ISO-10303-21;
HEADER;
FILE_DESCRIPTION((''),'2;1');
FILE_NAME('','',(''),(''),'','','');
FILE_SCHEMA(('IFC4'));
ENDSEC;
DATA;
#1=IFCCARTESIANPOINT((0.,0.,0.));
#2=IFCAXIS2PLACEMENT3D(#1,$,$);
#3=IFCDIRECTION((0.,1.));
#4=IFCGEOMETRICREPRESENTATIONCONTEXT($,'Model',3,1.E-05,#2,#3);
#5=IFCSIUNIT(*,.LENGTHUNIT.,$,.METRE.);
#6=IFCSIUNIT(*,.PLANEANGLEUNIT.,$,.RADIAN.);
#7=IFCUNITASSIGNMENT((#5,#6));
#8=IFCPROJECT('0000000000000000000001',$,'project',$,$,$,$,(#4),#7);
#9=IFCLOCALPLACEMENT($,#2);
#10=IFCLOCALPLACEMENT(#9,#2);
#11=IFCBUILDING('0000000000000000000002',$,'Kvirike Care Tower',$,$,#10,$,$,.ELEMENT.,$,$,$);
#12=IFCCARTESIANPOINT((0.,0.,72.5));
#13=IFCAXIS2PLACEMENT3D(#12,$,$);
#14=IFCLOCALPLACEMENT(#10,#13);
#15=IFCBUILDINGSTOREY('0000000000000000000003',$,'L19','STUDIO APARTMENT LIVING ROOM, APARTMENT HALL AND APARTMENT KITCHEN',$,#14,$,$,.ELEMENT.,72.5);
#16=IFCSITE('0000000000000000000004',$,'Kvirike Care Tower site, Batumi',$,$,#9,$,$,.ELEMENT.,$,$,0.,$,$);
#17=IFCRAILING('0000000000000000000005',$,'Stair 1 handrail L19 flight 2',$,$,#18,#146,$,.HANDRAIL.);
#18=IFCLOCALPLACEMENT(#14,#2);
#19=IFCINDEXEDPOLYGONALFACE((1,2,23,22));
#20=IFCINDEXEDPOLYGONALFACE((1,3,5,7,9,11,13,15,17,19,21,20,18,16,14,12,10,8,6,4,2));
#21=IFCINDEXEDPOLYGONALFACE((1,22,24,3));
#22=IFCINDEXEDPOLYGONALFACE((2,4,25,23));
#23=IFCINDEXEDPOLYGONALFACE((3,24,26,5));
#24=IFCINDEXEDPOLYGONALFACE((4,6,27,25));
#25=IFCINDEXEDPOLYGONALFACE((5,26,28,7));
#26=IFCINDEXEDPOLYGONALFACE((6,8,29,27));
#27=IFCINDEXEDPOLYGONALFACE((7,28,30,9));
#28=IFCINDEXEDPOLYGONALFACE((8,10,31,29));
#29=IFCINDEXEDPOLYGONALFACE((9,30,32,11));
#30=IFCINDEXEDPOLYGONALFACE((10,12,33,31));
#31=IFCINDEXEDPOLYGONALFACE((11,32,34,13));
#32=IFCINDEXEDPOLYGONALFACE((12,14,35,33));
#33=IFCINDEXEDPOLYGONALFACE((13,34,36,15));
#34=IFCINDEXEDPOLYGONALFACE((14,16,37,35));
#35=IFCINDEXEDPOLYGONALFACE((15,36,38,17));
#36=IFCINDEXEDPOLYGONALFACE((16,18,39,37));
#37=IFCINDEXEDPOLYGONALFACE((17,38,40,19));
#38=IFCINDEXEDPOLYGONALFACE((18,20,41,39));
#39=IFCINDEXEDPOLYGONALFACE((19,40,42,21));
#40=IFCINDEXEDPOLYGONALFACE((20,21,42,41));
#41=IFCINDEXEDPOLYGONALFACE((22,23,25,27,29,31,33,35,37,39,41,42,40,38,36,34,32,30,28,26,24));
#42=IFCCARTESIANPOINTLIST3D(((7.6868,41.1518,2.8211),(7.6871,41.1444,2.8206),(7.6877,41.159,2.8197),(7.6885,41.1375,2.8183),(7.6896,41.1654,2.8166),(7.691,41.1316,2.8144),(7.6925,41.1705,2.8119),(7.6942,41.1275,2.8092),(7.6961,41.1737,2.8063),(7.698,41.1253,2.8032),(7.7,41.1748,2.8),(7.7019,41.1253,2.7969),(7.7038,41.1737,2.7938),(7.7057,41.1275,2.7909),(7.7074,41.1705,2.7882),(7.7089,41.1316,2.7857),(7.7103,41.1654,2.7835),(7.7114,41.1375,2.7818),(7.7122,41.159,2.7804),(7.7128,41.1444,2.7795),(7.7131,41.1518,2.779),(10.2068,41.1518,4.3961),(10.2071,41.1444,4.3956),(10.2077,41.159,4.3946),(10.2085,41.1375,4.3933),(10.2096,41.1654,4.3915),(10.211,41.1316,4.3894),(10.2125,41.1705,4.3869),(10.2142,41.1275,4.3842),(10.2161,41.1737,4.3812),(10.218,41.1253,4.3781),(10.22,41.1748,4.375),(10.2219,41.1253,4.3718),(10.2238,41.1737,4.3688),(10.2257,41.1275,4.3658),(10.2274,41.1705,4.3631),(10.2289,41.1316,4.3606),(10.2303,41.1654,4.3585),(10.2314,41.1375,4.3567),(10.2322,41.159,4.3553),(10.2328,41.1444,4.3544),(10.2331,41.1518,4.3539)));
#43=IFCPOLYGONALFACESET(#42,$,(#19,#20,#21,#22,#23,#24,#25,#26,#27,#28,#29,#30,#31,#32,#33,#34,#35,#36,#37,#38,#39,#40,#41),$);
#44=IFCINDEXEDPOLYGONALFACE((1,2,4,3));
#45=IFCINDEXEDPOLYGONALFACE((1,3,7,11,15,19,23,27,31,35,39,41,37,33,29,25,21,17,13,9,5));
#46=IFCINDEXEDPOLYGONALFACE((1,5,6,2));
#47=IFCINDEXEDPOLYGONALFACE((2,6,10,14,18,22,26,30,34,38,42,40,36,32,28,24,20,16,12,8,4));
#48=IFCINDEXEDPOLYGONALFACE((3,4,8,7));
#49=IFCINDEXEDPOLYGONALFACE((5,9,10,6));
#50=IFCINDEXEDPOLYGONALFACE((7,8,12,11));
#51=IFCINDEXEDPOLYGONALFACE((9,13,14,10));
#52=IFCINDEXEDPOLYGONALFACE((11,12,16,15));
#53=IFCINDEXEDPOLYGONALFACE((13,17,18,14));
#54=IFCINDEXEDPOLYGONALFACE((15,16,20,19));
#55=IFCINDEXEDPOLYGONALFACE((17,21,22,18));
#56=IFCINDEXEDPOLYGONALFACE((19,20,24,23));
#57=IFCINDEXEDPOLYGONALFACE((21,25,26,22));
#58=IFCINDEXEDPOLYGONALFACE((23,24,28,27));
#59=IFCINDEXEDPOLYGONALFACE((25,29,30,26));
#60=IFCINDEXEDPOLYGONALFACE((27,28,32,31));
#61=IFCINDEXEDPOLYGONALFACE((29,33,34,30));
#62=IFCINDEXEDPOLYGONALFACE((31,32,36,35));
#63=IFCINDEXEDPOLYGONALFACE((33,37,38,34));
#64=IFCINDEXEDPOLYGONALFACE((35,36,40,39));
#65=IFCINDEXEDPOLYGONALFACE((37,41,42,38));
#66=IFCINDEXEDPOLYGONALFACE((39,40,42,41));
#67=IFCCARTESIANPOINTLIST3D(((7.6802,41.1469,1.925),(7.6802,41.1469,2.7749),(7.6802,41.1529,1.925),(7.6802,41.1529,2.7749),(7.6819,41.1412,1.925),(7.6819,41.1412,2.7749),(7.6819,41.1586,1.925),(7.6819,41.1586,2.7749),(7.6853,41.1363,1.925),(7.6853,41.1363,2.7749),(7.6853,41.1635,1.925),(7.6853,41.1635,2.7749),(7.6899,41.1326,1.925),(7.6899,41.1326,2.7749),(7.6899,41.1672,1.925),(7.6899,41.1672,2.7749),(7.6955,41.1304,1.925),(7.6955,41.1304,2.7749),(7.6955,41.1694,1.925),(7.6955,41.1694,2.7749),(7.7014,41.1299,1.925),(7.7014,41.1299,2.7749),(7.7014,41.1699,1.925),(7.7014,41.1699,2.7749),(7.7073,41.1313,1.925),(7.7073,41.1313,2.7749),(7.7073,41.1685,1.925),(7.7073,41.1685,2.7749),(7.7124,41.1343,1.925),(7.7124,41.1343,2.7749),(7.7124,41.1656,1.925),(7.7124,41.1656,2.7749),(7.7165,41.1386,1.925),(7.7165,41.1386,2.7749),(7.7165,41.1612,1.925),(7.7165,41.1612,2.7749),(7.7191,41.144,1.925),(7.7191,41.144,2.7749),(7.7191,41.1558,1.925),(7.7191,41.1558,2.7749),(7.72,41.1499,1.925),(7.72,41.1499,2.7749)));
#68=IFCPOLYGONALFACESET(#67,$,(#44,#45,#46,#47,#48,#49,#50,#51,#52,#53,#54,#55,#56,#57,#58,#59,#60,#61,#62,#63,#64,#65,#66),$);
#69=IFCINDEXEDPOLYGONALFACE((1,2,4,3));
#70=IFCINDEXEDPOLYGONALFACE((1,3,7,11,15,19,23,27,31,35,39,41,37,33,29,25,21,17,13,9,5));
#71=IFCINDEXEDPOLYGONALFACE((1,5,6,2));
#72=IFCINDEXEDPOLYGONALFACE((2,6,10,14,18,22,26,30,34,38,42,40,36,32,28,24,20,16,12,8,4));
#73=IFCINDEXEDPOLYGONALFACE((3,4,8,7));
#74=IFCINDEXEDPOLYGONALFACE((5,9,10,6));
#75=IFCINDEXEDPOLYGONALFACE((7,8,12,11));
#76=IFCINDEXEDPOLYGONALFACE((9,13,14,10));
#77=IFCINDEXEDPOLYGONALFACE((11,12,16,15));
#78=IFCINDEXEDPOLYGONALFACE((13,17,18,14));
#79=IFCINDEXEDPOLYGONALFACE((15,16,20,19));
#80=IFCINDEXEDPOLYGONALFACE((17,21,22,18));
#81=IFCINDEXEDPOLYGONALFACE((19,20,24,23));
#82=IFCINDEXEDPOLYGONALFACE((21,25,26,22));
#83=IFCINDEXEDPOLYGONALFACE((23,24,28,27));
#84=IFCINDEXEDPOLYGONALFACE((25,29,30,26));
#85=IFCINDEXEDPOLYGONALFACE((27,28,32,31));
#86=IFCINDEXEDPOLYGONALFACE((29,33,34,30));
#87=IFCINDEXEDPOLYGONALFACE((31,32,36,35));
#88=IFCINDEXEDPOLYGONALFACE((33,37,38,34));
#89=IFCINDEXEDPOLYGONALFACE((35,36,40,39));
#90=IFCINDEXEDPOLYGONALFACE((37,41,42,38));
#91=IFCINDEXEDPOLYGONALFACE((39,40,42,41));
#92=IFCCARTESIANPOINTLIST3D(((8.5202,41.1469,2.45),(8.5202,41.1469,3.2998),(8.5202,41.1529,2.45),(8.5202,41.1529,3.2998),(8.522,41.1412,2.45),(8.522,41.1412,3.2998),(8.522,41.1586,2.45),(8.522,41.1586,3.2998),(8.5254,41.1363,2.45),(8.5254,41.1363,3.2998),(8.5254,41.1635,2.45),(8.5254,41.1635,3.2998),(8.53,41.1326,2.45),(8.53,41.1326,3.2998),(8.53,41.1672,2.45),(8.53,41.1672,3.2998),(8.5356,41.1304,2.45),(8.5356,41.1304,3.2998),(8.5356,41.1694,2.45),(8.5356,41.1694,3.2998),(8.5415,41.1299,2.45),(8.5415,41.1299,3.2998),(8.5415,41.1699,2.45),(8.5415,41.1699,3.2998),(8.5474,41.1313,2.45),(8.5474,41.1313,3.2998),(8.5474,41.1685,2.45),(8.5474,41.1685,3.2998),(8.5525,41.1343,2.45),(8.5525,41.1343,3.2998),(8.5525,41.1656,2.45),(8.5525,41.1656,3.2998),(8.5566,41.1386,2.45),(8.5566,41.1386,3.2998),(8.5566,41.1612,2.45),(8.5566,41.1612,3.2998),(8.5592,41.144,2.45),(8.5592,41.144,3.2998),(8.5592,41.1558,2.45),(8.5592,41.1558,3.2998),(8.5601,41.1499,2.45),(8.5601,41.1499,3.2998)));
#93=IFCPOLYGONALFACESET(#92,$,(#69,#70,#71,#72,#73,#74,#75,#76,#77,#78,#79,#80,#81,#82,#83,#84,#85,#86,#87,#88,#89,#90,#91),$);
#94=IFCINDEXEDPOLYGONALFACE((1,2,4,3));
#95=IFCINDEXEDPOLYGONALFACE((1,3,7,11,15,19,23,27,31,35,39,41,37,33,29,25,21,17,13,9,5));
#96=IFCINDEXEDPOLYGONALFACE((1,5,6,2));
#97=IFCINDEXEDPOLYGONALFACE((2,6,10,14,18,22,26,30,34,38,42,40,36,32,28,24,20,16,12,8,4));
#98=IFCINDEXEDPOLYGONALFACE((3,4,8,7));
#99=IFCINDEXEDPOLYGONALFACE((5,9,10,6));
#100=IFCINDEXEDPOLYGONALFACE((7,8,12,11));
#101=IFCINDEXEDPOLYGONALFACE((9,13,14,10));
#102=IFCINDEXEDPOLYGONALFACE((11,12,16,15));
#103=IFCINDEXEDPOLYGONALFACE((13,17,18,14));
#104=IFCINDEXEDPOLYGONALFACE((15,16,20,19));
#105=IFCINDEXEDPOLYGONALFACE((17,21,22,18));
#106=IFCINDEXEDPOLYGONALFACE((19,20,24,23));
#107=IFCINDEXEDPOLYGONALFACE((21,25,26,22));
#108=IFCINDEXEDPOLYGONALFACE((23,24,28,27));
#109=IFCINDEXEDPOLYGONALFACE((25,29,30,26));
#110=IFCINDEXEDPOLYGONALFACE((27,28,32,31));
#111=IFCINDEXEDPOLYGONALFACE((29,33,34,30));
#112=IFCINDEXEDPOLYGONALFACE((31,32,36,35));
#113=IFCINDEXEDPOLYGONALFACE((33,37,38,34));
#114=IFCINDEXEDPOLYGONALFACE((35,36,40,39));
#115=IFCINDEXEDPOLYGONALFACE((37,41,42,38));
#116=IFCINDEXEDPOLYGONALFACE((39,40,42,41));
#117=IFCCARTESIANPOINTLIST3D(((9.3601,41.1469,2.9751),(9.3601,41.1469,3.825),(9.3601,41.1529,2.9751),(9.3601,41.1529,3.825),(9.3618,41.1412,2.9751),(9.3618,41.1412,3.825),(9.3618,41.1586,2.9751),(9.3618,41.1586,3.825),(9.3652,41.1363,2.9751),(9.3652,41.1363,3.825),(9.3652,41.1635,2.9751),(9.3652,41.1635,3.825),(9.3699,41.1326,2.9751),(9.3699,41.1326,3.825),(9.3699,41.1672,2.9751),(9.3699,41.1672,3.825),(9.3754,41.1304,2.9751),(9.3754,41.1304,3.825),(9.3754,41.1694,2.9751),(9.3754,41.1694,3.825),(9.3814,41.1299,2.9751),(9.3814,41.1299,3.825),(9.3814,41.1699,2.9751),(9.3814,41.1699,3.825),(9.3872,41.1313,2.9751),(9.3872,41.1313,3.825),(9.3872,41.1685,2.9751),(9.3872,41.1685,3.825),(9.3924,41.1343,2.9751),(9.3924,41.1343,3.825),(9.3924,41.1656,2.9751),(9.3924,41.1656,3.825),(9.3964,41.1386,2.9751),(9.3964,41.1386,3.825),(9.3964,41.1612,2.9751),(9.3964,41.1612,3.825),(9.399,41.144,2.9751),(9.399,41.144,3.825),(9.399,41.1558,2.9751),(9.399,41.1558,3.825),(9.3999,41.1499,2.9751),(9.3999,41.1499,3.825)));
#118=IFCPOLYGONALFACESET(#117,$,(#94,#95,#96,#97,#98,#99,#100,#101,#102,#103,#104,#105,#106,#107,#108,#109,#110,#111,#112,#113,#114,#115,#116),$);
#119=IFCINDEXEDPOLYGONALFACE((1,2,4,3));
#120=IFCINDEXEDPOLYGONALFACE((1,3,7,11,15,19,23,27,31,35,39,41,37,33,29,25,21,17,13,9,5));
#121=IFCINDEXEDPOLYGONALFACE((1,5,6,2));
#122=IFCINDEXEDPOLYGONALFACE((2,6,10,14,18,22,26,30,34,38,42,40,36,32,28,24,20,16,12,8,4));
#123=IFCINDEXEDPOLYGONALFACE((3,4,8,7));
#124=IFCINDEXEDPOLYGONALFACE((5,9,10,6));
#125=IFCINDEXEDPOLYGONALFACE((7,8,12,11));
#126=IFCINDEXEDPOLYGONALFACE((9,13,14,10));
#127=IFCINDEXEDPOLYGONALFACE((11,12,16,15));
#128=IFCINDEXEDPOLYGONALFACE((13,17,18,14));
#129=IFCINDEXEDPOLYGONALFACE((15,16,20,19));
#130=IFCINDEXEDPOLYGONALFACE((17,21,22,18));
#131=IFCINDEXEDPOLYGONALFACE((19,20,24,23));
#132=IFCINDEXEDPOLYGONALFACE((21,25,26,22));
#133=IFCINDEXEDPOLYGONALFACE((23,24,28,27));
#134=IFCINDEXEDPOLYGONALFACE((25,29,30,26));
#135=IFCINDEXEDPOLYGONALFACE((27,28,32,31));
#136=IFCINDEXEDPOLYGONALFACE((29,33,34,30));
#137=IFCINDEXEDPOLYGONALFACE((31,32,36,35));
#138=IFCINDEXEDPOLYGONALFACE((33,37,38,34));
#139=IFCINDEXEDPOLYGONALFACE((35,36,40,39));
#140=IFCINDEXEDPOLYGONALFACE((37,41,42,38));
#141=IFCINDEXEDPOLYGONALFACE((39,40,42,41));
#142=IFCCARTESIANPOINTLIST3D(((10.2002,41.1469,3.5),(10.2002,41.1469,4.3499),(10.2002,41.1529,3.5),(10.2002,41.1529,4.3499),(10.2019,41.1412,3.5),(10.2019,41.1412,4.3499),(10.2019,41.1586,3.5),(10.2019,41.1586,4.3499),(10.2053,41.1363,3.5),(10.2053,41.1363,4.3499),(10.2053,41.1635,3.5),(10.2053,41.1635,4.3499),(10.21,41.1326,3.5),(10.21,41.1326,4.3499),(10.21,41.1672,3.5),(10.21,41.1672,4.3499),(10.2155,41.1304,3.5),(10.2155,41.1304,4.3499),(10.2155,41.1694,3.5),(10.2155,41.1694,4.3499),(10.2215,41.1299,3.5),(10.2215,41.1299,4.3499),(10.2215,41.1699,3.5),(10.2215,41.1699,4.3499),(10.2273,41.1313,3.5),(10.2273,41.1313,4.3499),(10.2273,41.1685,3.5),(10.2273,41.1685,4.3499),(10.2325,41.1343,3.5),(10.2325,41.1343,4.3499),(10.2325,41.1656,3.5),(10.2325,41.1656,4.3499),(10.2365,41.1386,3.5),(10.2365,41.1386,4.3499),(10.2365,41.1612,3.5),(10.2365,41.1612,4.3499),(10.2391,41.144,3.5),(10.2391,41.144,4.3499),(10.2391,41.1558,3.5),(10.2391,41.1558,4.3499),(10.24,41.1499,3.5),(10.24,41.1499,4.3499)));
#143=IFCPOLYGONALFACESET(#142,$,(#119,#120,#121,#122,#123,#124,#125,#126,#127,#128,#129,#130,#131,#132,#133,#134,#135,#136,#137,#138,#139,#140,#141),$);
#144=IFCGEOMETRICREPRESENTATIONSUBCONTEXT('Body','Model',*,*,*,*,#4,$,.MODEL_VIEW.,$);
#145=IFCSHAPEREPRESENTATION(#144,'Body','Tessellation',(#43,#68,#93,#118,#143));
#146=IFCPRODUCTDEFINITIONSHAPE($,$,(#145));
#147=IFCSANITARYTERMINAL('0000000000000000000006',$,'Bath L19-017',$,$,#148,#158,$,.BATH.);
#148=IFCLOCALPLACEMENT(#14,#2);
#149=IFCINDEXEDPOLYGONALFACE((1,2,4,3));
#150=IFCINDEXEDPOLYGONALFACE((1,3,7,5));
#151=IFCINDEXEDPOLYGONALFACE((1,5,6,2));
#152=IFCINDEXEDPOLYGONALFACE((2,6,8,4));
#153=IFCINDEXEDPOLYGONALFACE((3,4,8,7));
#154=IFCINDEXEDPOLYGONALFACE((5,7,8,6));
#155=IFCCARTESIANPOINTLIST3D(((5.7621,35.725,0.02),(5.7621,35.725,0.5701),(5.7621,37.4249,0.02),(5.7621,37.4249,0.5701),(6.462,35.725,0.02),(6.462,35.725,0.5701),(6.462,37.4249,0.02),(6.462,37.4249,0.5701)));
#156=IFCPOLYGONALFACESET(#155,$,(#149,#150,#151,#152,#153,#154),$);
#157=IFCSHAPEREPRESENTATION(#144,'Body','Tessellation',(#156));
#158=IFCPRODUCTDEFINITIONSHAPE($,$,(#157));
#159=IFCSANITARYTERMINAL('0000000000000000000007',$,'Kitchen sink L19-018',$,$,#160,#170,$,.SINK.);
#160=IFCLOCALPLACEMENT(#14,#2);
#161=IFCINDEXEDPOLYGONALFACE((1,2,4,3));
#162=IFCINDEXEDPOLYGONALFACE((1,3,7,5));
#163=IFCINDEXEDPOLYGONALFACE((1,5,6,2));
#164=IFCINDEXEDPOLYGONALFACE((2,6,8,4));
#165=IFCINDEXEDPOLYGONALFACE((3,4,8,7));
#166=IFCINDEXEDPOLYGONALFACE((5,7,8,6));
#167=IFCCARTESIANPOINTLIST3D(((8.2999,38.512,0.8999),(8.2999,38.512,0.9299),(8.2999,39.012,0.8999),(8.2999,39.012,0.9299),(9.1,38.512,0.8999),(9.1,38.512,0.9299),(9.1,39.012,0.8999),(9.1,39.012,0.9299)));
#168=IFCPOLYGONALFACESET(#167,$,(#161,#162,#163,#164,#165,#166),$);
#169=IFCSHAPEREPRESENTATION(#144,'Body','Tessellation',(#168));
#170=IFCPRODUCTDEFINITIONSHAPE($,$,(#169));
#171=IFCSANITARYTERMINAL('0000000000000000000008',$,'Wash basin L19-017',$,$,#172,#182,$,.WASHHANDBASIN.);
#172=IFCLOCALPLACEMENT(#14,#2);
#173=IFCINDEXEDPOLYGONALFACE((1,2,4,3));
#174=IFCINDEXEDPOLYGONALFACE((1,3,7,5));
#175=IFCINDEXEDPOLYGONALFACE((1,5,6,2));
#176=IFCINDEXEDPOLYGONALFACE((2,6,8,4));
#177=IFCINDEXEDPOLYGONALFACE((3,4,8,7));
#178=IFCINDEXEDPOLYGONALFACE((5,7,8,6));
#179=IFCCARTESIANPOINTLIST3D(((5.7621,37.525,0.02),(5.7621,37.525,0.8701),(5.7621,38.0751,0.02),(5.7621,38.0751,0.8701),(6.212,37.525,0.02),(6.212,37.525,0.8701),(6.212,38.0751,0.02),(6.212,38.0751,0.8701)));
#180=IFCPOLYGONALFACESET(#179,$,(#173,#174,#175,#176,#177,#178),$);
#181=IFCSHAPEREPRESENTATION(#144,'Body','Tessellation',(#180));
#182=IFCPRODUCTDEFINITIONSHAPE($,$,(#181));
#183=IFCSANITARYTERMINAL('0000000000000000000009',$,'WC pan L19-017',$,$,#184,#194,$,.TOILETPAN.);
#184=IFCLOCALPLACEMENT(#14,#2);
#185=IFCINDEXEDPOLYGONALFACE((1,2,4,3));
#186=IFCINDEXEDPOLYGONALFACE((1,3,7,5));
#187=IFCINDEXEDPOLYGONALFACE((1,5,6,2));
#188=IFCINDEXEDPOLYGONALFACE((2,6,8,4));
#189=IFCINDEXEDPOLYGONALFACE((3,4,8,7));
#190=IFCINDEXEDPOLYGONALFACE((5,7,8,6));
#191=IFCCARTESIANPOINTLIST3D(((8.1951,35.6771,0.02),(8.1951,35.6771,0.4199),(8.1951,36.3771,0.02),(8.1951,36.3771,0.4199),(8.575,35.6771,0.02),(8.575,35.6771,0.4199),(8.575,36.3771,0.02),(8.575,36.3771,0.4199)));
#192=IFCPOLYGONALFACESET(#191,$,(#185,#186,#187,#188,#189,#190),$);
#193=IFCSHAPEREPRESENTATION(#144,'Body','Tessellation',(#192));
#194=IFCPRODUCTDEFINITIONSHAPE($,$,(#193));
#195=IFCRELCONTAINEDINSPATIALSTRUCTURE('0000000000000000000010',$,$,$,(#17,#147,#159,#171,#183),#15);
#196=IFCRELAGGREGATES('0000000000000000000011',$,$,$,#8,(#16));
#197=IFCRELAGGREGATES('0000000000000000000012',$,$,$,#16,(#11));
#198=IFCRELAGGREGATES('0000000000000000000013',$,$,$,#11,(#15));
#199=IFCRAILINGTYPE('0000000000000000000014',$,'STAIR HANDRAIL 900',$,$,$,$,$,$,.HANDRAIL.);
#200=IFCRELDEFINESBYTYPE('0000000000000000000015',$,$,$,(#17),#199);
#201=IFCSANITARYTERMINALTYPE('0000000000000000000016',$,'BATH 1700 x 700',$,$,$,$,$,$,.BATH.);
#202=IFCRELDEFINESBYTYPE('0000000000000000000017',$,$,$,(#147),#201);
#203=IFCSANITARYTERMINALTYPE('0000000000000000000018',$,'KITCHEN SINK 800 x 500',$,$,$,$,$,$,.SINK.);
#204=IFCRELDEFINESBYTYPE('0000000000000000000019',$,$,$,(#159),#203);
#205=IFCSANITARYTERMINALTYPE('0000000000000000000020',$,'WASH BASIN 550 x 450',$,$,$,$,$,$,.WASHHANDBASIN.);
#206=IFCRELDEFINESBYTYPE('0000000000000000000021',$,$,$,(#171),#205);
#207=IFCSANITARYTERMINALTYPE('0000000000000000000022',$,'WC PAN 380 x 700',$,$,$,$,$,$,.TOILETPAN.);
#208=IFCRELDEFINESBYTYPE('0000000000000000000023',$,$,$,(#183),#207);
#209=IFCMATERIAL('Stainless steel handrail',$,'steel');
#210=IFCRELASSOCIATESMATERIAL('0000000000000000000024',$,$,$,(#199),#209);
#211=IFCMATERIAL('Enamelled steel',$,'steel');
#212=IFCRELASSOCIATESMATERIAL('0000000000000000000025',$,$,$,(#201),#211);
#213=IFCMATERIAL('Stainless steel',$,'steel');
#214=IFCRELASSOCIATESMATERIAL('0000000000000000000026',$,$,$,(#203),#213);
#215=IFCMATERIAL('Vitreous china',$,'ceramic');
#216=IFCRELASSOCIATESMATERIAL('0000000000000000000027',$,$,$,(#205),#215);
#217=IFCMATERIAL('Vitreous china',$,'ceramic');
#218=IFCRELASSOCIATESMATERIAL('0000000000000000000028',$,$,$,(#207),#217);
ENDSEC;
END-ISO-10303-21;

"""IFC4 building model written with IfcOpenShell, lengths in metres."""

from ifc_helpers import new_model, si_unit, direction, frame, origin, origin_2d, place, context, subcontext, project, spatial, rectangle, circle, extrude, material, type_object, element, save


model = new_model("IFC4")

# Units and contexts
model_context = context("Model", 3, precision=1e-05, world=origin(), true_north=direction((0.0, 1.0)))
body_context = subcontext(model_context, "Body", "Model", "MODEL_VIEW")
ifc_project = project(units=[si_unit("LENGTHUNIT", "METRE"), si_unit("PLANEANGLEUNIT", "RADIAN")], contexts=[model_context])

# Site, building, storey
site_placement = place(None, origin())
site = spatial("IfcSite", under=ifc_project, at=site_placement, Name="Kvirike Care Tower site, Batumi", CompositionType="ELEMENT", RefElevation=0.0)
building_placement = place(site_placement, origin())
building = spatial("IfcBuilding", under=site, at=building_placement, Name="Kvirike Care Tower", CompositionType="ELEMENT")
storey_placement = place(building_placement, frame((0.0, 0.0, 72.5)))
storey = spatial("IfcBuildingStorey", under=building, at=storey_placement, Name="L19", Description="STUDIO APARTMENT LIVING ROOM, APARTMENT HALL AND APARTMENT KITCHEN", CompositionType="ELEMENT", Elevation=72.5)

# Railing
ifc_material_1 = material(Name="Stainless steel handrail", Category="steel")
railing_type = type_object("IfcRailingType", Name="STAIR HANDRAIL 900", PredefinedType="HANDRAIL", material=ifc_material_1)
railing_1_placement = place(storey_placement, frame((7.7, 41.1499, 1.925)))
element("IfcRailing", 1, at=railing_1_placement, inside=storey, type_object=railing_type, Name="Stair 1 handrail L19 flight 2", PredefinedType="HANDRAIL", context=body_context, shape_type="SweptSolid", body=[
    extrude(circle(Radius=0.0249, at=origin_2d()), frame((0.0, 0.0, 0.875), z_axis=(0.848008, 0.0, 0.529984), x_axis=(0.0, 1.0, 0.0)), (0.0, 0.0, 1.0), 2.9717),
    extrude(circle(Radius=0.02, at=origin_2d()), origin(), (0.0, 0.0, 1.0), 0.8499),
    extrude(circle(Radius=0.02, at=origin_2d()), frame((0.8401, 0.0, 0.5249)), (0.0, 0.0, 1.0), 0.8499),
    extrude(circle(Radius=0.02, at=origin_2d()), frame((1.6799, 0.0, 1.05)), (0.0, 0.0, 1.0), 0.8499),
    extrude(circle(Radius=0.02, at=origin_2d()), frame((2.52, 0.0, 1.575)), (0.0, 0.0, 1.0), 0.8499),
])

# Sanitary terminals
ifc_material_2 = material(Name="Enamelled steel", Category="steel")
sanitary_terminal_type_1 = type_object("IfcSanitaryTerminalType", Name="BATH 1700 x 700", PredefinedType="BATH", material=ifc_material_2)
sanitary_terminal_1_placement = place(storey_placement, frame((6.1121, 36.575, 0.02), z_axis=(0.0, 0.0, 1.0), x_axis=(0.0, 1.0, 0.0)))
element("IfcSanitaryTerminal", 2, at=sanitary_terminal_1_placement, inside=storey, type_object=sanitary_terminal_type_1, Name="Bath L19-017", PredefinedType="BATH", context=body_context, shape_type="SweptSolid", body=[
    extrude(rectangle(XDim=1.7, YDim=0.7, at=origin_2d()), origin(), (0.0, 0.0, 1.0), 0.55),
])
ifc_material_3 = material(Name="Stainless steel", Category="steel")
sanitary_terminal_type_2 = type_object("IfcSanitaryTerminalType", Name="KITCHEN SINK 800 x 500", PredefinedType="SINK", material=ifc_material_3)
sanitary_terminal_2_placement = place(storey_placement, frame((8.7, 38.762, 0.8999), z_axis=(0.0, 0.0, 1.0), x_axis=(-1.0, 0.0, 0.0)))
element("IfcSanitaryTerminal", 3, at=sanitary_terminal_2_placement, inside=storey, type_object=sanitary_terminal_type_2, Name="Kitchen sink L19-018", PredefinedType="SINK", context=body_context, shape_type="SweptSolid", body=[
    extrude(rectangle(XDim=0.8, YDim=0.5, at=origin_2d()), origin(), (0.0, 0.0, 1.0), 0.03),
])
ifc_material_4 = material(Name="Vitreous china", Category="ceramic")
sanitary_terminal_type_3 = type_object("IfcSanitaryTerminalType", Name="WASH BASIN 550 x 450", PredefinedType="WASHHANDBASIN", material=ifc_material_4)
sanitary_terminal_3_placement = place(storey_placement, frame((5.9871, 37.8, 0.02), z_axis=(0.0, 0.0, 1.0), x_axis=(0.0, 1.0, 0.0)))
element("IfcSanitaryTerminal", 4, at=sanitary_terminal_3_placement, inside=storey, type_object=sanitary_terminal_type_3, Name="Wash basin L19-017", PredefinedType="WASHHANDBASIN", context=body_context, shape_type="SweptSolid", body=[
    extrude(rectangle(XDim=0.55, YDim=0.45, at=origin_2d()), origin(), (0.0, 0.0, 1.0), 0.8501),
])
ifc_material_5 = material(Name="Vitreous china", Category="ceramic")
sanitary_terminal_type_4 = type_object("IfcSanitaryTerminalType", Name="WC PAN 380 x 700", PredefinedType="TOILETPAN", material=ifc_material_5)
sanitary_terminal_4_placement = place(storey_placement, frame((8.385, 36.0271, 0.02), z_axis=(0.0, 0.0, 1.0), x_axis=(-1.0, 0.0, 0.0)))
element("IfcSanitaryTerminal", 5, at=sanitary_terminal_4_placement, inside=storey, type_object=sanitary_terminal_type_4, Name="WC pan L19-017", PredefinedType="TOILETPAN", context=body_context, shape_type="SweptSolid", body=[
    extrude(rectangle(XDim=0.3799, YDim=0.7, at=origin_2d()), origin(), (0.0, 0.0, 1.0), 0.3999),
])

save(model, "model.ifc")
